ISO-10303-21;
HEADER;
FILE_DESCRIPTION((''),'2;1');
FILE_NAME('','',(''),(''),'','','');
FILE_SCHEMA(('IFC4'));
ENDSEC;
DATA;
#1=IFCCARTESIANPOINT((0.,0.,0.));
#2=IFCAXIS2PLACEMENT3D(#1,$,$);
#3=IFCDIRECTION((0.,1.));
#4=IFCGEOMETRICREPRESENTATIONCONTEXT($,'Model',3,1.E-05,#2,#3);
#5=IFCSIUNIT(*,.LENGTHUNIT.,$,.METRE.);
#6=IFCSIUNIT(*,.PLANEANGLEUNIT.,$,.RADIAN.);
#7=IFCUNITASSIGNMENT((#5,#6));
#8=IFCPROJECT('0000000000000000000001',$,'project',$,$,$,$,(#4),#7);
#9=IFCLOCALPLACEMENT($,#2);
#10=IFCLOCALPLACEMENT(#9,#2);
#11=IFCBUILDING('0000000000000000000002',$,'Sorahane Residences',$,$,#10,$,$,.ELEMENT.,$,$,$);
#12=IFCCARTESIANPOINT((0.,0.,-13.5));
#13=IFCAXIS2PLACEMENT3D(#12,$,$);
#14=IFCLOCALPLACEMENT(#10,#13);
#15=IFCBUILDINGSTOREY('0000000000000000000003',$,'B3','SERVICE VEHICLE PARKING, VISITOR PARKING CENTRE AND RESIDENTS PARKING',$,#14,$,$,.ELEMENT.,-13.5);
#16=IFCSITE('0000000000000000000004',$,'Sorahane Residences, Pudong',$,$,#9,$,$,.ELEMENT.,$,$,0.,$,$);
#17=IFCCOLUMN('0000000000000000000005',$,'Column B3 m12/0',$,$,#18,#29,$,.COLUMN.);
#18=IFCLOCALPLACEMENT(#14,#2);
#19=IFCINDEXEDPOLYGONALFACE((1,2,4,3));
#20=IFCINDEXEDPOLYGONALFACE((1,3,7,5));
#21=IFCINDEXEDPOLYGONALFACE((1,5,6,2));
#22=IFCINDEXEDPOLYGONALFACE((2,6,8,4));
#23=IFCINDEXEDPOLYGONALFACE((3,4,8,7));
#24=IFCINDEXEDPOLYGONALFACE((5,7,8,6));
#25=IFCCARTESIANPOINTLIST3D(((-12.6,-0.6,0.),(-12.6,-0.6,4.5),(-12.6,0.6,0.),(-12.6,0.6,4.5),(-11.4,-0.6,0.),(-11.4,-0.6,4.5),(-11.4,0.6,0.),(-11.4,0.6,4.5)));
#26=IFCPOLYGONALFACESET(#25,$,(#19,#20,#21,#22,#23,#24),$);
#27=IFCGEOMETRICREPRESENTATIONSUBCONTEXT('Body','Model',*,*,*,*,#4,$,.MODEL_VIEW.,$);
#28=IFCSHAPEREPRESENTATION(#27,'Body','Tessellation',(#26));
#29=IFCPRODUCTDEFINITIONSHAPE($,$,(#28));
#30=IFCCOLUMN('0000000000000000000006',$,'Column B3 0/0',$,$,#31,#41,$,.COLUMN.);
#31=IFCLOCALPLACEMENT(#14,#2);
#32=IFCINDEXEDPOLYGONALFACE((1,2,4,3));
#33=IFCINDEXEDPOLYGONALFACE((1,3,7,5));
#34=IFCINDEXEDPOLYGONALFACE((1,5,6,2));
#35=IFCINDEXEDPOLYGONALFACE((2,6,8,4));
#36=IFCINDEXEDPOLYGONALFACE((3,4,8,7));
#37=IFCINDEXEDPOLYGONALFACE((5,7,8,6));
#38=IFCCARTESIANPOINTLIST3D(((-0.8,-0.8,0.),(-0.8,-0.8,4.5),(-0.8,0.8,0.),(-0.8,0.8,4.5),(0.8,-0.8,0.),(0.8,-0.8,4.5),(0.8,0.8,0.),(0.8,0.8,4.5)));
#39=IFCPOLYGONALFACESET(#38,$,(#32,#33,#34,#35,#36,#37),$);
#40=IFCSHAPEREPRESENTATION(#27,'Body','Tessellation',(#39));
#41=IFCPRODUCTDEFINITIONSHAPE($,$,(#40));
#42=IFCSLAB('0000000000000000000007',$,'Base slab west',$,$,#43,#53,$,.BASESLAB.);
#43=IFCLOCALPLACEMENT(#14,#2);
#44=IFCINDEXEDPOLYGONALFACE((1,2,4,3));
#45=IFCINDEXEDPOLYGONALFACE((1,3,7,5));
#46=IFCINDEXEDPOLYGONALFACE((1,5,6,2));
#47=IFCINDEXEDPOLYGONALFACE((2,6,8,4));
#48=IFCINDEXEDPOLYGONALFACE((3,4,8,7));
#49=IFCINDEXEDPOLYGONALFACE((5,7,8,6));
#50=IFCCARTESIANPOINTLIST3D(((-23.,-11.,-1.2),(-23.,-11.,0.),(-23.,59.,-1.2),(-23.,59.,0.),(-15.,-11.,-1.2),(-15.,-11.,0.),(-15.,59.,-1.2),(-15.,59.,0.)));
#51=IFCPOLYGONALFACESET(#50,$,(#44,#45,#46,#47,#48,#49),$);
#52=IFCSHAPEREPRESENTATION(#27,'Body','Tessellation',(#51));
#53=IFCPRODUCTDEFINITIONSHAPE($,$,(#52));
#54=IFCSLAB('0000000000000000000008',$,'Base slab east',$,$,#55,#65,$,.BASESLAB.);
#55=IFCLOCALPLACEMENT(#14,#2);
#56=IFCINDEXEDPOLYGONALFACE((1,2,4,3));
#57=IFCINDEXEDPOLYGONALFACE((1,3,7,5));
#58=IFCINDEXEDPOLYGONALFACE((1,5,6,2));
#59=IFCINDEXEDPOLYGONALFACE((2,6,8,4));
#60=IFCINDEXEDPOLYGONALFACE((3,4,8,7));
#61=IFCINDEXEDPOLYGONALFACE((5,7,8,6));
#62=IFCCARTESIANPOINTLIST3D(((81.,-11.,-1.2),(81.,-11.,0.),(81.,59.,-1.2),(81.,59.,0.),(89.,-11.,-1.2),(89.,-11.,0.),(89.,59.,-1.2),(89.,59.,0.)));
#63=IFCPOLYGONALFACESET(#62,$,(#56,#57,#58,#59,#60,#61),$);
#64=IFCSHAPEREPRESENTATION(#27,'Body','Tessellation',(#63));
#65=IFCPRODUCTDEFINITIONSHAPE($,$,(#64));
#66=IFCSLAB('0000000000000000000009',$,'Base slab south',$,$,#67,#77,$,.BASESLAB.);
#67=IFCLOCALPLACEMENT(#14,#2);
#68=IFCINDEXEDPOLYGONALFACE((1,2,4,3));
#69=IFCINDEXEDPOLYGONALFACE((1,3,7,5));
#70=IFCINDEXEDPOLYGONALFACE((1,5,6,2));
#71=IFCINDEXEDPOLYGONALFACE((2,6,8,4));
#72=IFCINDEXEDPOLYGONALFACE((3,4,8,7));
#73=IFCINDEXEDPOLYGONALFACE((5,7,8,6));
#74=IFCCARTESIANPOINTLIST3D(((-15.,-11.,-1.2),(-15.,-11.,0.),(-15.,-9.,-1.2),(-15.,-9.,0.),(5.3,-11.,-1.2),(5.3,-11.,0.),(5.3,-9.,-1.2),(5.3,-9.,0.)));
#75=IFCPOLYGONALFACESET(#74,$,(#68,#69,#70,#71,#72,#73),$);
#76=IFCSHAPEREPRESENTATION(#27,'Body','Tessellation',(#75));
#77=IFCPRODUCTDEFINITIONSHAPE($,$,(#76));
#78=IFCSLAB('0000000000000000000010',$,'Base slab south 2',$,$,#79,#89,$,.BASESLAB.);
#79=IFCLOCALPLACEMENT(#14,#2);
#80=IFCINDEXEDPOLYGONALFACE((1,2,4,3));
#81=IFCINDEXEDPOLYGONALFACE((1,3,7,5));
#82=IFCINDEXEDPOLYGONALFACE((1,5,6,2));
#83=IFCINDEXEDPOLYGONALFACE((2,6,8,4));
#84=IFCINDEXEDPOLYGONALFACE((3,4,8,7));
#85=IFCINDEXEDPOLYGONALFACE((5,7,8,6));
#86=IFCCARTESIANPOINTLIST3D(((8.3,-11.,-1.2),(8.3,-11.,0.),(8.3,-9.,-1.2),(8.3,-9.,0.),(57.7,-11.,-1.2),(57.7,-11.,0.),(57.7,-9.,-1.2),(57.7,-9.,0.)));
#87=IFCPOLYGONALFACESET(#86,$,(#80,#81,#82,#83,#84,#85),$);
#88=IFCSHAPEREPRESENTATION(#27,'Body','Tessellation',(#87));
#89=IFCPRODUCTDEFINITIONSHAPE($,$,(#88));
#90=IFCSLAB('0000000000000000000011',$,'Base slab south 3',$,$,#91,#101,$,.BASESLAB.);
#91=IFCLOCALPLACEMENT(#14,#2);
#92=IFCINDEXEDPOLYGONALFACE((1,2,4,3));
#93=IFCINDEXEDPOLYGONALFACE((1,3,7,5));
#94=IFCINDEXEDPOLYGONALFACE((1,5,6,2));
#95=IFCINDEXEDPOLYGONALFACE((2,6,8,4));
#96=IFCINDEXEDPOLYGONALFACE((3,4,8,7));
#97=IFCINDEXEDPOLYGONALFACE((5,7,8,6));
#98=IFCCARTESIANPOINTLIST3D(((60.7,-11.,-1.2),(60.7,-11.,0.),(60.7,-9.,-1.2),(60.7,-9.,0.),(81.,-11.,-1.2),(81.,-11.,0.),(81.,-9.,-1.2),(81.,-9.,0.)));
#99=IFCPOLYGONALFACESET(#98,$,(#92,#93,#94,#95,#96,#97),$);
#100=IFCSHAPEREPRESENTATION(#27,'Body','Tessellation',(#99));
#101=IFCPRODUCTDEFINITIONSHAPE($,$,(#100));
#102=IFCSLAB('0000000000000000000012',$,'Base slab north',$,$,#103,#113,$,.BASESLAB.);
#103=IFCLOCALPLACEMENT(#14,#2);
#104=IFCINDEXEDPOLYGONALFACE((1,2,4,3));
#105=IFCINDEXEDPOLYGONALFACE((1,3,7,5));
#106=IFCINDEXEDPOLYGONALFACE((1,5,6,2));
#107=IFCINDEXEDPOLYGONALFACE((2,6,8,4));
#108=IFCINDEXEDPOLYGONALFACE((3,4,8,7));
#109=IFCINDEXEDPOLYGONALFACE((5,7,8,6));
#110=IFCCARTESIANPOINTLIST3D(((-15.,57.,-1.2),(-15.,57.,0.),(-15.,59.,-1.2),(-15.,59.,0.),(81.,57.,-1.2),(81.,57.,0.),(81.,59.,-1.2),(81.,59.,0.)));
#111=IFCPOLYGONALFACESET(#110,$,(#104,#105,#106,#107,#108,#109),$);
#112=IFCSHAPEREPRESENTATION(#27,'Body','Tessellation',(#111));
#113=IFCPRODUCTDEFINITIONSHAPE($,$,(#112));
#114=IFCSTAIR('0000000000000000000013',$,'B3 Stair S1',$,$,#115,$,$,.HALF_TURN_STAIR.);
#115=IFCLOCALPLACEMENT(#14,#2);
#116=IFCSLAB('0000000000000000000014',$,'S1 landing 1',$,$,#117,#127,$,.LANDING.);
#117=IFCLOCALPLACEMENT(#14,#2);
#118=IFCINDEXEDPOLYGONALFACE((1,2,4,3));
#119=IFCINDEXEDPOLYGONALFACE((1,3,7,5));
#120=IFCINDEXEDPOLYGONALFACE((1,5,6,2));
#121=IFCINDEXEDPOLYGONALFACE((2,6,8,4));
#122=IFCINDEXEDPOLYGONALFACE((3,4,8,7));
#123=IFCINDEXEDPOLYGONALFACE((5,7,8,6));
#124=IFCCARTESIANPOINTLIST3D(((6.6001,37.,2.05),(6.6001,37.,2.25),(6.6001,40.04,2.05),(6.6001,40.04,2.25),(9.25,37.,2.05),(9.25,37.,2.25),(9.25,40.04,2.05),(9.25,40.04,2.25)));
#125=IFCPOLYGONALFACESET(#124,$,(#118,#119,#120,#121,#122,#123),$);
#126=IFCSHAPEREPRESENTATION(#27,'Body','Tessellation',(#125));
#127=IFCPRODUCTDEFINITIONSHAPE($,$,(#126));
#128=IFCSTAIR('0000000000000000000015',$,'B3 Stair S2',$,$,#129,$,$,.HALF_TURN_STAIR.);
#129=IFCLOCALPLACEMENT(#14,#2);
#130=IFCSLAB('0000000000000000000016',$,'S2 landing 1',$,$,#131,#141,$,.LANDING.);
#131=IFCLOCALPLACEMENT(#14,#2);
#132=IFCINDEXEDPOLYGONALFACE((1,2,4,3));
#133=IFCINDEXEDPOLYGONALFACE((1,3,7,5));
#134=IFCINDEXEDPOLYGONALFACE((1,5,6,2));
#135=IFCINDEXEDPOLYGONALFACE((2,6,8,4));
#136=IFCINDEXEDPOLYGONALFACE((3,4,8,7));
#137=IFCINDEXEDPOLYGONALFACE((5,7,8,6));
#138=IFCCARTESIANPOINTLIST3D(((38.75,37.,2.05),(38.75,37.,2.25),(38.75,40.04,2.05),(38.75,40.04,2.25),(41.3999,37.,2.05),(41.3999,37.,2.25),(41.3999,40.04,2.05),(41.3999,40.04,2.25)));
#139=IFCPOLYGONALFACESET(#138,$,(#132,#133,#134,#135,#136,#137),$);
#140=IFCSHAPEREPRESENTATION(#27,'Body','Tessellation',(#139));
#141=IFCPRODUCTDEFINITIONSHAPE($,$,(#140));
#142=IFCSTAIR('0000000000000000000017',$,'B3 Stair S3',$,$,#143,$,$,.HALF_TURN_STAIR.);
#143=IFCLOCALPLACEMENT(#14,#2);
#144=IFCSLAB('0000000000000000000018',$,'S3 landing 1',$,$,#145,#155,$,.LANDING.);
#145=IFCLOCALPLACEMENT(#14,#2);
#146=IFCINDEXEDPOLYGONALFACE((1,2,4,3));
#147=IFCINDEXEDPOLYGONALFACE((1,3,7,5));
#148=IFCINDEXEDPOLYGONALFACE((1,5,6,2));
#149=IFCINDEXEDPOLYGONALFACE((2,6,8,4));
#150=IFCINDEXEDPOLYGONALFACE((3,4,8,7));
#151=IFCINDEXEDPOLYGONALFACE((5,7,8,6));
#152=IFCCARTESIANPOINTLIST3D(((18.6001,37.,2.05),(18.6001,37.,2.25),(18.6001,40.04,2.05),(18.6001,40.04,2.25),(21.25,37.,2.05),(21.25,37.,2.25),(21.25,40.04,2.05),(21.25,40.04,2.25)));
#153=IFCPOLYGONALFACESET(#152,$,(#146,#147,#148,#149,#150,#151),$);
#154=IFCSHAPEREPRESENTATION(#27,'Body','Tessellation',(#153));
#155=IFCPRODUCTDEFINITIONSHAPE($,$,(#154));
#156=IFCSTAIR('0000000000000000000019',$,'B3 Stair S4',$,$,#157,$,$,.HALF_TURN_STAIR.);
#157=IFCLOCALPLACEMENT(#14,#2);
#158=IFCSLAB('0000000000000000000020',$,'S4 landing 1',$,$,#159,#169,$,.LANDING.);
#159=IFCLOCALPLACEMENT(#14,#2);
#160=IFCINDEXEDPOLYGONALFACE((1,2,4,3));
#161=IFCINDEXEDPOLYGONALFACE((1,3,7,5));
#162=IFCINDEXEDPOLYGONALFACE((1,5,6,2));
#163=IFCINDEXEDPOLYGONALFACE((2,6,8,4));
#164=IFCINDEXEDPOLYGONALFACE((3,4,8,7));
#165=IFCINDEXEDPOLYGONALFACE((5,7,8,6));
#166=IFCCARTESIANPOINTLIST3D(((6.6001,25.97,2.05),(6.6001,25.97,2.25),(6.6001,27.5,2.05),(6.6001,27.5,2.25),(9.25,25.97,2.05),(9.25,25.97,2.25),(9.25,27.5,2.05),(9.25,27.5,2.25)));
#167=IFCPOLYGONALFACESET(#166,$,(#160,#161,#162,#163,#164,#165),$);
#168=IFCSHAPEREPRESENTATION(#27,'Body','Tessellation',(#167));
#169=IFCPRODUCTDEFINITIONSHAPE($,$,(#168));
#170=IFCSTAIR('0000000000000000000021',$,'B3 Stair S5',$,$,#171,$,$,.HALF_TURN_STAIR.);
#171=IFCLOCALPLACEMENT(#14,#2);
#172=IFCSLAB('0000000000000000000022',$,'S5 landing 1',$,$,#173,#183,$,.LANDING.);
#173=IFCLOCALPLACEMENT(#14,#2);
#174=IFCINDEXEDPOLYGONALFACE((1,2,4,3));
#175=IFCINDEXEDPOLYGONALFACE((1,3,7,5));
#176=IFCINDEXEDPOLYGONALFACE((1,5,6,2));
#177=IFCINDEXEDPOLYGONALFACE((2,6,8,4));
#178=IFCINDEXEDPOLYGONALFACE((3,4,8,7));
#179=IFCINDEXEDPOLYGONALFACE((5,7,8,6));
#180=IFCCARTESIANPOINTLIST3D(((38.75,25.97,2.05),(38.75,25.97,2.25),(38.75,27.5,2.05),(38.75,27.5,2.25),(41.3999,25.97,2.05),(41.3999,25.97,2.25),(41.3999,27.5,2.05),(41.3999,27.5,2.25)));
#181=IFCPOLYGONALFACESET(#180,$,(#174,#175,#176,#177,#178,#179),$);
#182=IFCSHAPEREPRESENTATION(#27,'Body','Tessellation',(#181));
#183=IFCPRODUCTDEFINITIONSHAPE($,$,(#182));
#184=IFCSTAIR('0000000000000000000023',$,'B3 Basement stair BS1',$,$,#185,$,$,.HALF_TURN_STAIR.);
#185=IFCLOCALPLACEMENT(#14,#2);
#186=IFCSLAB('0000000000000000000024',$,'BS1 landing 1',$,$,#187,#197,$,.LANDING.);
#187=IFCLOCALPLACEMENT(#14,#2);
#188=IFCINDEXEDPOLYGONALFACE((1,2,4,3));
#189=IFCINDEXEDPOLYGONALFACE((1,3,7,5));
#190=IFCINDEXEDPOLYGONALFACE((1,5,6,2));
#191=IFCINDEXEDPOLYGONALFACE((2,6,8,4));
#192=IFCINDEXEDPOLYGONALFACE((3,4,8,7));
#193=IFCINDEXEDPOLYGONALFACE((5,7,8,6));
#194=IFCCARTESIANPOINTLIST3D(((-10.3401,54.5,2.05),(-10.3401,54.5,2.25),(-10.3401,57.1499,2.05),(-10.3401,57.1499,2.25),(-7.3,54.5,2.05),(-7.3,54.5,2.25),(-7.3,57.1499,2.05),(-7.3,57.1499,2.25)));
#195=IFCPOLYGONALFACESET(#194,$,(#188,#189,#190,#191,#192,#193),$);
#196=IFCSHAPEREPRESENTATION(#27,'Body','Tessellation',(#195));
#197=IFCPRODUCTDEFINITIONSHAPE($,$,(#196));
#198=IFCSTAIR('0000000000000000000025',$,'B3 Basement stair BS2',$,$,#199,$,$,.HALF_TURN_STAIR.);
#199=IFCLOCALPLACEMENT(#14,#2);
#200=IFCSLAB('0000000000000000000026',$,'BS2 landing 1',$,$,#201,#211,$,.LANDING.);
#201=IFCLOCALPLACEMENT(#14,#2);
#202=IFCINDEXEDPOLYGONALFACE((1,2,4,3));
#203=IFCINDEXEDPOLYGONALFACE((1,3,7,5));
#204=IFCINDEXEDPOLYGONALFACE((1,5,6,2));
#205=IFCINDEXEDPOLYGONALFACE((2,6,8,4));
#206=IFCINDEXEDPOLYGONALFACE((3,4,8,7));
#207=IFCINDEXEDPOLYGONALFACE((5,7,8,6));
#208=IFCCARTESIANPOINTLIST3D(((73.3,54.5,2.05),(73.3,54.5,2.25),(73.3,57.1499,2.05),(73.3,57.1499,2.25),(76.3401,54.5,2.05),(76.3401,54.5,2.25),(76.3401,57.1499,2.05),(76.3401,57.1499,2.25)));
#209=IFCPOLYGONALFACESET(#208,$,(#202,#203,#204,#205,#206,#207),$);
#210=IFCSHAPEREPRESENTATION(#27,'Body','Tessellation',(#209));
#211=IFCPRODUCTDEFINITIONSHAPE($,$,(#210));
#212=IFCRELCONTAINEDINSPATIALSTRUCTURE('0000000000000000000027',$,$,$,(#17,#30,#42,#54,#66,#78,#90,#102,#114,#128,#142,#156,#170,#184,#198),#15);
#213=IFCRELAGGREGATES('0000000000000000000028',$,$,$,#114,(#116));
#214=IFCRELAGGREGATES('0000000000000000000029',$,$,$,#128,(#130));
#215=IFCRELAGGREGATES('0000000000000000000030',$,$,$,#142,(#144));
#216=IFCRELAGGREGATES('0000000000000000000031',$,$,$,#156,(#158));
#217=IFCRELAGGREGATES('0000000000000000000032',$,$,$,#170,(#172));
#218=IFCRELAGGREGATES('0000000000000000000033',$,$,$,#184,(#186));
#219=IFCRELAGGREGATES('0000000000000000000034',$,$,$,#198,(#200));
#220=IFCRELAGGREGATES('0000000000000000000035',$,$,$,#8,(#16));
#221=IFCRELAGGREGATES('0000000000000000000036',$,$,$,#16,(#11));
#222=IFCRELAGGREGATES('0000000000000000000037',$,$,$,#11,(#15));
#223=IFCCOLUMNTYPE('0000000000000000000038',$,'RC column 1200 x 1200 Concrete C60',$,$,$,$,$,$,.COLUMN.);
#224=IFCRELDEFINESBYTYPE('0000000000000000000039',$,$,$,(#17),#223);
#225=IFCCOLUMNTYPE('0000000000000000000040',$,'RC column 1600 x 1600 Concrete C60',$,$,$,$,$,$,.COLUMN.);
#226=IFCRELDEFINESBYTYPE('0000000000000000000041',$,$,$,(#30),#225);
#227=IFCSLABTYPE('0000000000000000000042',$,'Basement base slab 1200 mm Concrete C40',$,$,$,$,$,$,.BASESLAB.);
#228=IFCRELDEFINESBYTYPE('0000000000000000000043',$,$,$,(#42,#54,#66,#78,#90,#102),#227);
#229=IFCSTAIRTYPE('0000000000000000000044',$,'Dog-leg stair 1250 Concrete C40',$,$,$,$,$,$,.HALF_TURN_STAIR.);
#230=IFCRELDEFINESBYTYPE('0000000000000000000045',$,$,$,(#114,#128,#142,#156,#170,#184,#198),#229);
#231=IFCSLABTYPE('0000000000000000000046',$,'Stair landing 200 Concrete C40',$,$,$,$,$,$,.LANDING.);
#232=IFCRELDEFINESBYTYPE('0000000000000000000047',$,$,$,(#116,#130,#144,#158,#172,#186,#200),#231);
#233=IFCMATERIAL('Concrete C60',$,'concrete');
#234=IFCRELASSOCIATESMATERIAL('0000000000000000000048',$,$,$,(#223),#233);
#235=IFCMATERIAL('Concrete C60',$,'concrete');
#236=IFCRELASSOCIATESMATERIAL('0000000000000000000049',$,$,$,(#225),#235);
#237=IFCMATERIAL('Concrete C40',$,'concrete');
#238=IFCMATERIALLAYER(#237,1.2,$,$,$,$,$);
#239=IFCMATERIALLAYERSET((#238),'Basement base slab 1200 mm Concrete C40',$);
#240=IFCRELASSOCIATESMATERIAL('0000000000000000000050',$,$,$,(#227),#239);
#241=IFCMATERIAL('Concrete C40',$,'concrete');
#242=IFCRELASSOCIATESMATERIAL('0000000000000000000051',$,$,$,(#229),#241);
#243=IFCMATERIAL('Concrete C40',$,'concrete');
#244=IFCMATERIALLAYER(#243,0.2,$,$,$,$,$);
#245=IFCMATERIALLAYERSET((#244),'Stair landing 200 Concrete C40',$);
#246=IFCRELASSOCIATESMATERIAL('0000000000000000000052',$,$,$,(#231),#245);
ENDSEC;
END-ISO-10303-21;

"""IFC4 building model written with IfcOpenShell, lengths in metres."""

from ifc_helpers import new_model, si_unit, direction, frame, origin, origin_with_axes, origin_2d, place, context, subcontext, project, spatial, polyline, rectangle, outline, extrude, material, layer, layer_set, material_profile, profile_set, type_object, element, aggregate, save


model = new_model("IFC4")

# Units and contexts
model_context = context("Model", 3, precision=1e-05, world=origin(), true_north=direction((0.0, 1.0)))
body_context = subcontext(model_context, "Body", "Model", "MODEL_VIEW")
ifc_project = project(units=[si_unit("LENGTHUNIT", "METRE"), si_unit("PLANEANGLEUNIT", "RADIAN")], contexts=[model_context])

# Site, building, storey
site_placement = place(None, origin())
site = spatial("IfcSite", under=ifc_project, at=site_placement, Name="Sorahane Residences, Pudong", CompositionType="ELEMENT", RefElevation=0.0)
building_placement = place(site_placement, origin())
building = spatial("IfcBuilding", under=site, at=building_placement, Name="Sorahane Residences", CompositionType="ELEMENT")
storey_placement = place(building_placement, frame((0.0, 0.0, -13.5)))
storey = spatial("IfcBuildingStorey", under=building, at=storey_placement, Name="B3", Description="SERVICE VEHICLE PARKING, VISITOR PARKING CENTRE AND RESIDENTS PARKING", CompositionType="ELEMENT", Elevation=-13.5)

# Columns
ifc_material_1 = material(Name="Concrete C60", Category="concrete")
ifc_material_profile_1 = material_profile(ifc_material_1, rectangle(XDim=1.2, YDim=1.2, at=origin_2d()), Name="1200x1200")
ifc_profile_set_1 = profile_set([ifc_material_profile_1], Name="Concrete C60")
column_type_1 = type_object("IfcColumnType", Name="RC column 1200 x 1200 Concrete C60", PredefinedType="COLUMN", material=ifc_profile_set_1)
column_1_placement = place(storey_placement, frame((-12.0, 0.0, 0.0), z_axis=(0.0, 0.0, 1.0), x_axis=(1.0, 0.0, 0.0)))
element("IfcColumn", 1, at=column_1_placement, inside=storey, type_object=column_type_1, Name="Column B3 m12/0", PredefinedType="COLUMN", context=body_context, shape_type="SweptSolid", body=[
    extrude(rectangle(XDim=1.2, YDim=1.2, at=origin_2d()), origin(), (0.0, 0.0, 1.0), 4.5),
])
ifc_material_2 = material(Name="Concrete C60", Category="concrete")
ifc_material_profile_2 = material_profile(ifc_material_2, rectangle(XDim=1.6001, YDim=1.6001, at=origin_2d()), Name="1600x1600")
ifc_profile_set_2 = profile_set([ifc_material_profile_2], Name="Concrete C60")
column_type_2 = type_object("IfcColumnType", Name="RC column 1600 x 1600 Concrete C60", PredefinedType="COLUMN", material=ifc_profile_set_2)
column_2_placement = place(storey_placement, origin_with_axes())
element("IfcColumn", 2, at=column_2_placement, inside=storey, type_object=column_type_2, Name="Column B3 0/0", PredefinedType="COLUMN", context=body_context, shape_type="SweptSolid", body=[
    extrude(rectangle(XDim=1.6001, YDim=1.6001, at=origin_2d()), origin(), (0.0, 0.0, 1.0), 4.5),
])

# Slabs
ifc_material_3 = material(Name="Concrete C40", Category="concrete")
ifc_layer_1 = layer(ifc_material_3, 1.2)
ifc_layer_set_1 = layer_set([ifc_layer_1], Name="Basement base slab 1200 mm Concrete C40")
slab_type_1 = type_object("IfcSlabType", Name="Basement base slab 1200 mm Concrete C40", PredefinedType="BASESLAB", material=ifc_layer_set_1)
slab_1_placement = place(storey_placement, frame((0.0, 0.0, -1.2)))
element("IfcSlab", 3, at=slab_1_placement, inside=storey, type_object=slab_type_1, Name="Base slab west", PredefinedType="BASESLAB", context=body_context, shape_type="SweptSolid", body=[
    extrude(outline(polyline([(-23.0, -11.0), (-15.0, -11.0), (-15.0, 59.0), (-23.0, 59.0), (-23.0, -11.0)])), origin(), (0.0, 0.0, 1.0), 1.2),
])
slab_2_placement = place(storey_placement, frame((0.0, 0.0, -1.2)))
element("IfcSlab", 4, at=slab_2_placement, inside=storey, type_object=slab_type_1, Name="Base slab east", PredefinedType="BASESLAB", context=body_context, shape_type="SweptSolid", body=[
    extrude(outline(polyline([(81.0, -11.0), (89.0, -11.0), (89.0, 59.0), (81.0, 59.0), (81.0, -11.0)])), origin(), (0.0, 0.0, 1.0), 1.2),
])
slab_3_placement = place(storey_placement, frame((0.0, 0.0, -1.2)))
element("IfcSlab", 5, at=slab_3_placement, inside=storey, type_object=slab_type_1, Name="Base slab south", PredefinedType="BASESLAB", context=body_context, shape_type="SweptSolid", body=[
    extrude(outline(polyline([(-15.0, -11.0), (5.3, -11.0), (5.3, -9.0), (-15.0, -9.0), (-15.0, -11.0)])), origin(), (0.0, 0.0, 1.0), 1.2),
])
slab_4_placement = place(storey_placement, frame((0.0, 0.0, -1.2)))
element("IfcSlab", 6, at=slab_4_placement, inside=storey, type_object=slab_type_1, Name="Base slab south 2", PredefinedType="BASESLAB", context=body_context, shape_type="SweptSolid", body=[
    extrude(outline(polyline([(8.3, -11.0), (57.7, -11.0), (57.7, -9.0), (8.3, -9.0), (8.3, -11.0)])), origin(), (0.0, 0.0, 1.0), 1.2),
])
slab_5_placement = place(storey_placement, frame((0.0, 0.0, -1.2)))
element("IfcSlab", 7, at=slab_5_placement, inside=storey, type_object=slab_type_1, Name="Base slab south 3", PredefinedType="BASESLAB", context=body_context, shape_type="SweptSolid", body=[
    extrude(outline(polyline([(60.7, -11.0), (81.0, -11.0), (81.0, -9.0), (60.7, -9.0), (60.7, -11.0)])), origin(), (0.0, 0.0, 1.0), 1.2),
])
slab_6_placement = place(storey_placement, frame((0.0, 0.0, -1.2)))
element("IfcSlab", 8, at=slab_6_placement, inside=storey, type_object=slab_type_1, Name="Base slab north", PredefinedType="BASESLAB", context=body_context, shape_type="SweptSolid", body=[
    extrude(outline(polyline([(-15.0, 57.0), (81.0, 57.0), (81.0, 59.0), (-15.0, 59.0), (-15.0, 57.0)])), origin(), (0.0, 0.0, 1.0), 1.2),
])

# Stairs, slabs
ifc_material_4 = material(Name="Concrete C40", Category="concrete")
stair_type = type_object("IfcStairType", Name="Dog-leg stair 1250 Concrete C40", PredefinedType="HALF_TURN_STAIR", material=ifc_material_4)
stair_1_placement = place(storey_placement, origin())
stair_1 = element("IfcStair", 9, at=stair_1_placement, inside=storey, type_object=stair_type, Name="B3 Stair S1", PredefinedType="HALF_TURN_STAIR")
ifc_material_5 = material(Name="Concrete C40", Category="concrete")
ifc_layer_2 = layer(ifc_material_5, 0.2)
ifc_layer_set_2 = layer_set([ifc_layer_2], Name="Stair landing 200 Concrete C40")
slab_type_2 = type_object("IfcSlabType", Name="Stair landing 200 Concrete C40", PredefinedType="LANDING", material=ifc_layer_set_2)
slab_7_placement = place(storey_placement, frame((0.0, 0.0, 2.05)))
slab_7 = element("IfcSlab", 10, at=slab_7_placement, type_object=slab_type_2, Name="S1 landing 1", PredefinedType="LANDING", context=body_context, shape_type="SweptSolid", body=[
    extrude(outline(polyline([(6.6001, 40.04), (6.6001, 37.0), (9.25, 37.0), (9.25, 40.04), (6.6001, 40.04)])), origin(), (0.0, 0.0, 1.0), 0.2),
])
aggregate(stair_1, [slab_7])
stair_2_placement = place(storey_placement, origin())
stair_2 = element("IfcStair", 11, at=stair_2_placement, inside=storey, type_object=stair_type, Name="B3 Stair S2", PredefinedType="HALF_TURN_STAIR")
slab_8_placement = place(storey_placement, frame((0.0, 0.0, 2.05)))
slab_8 = element("IfcSlab", 12, at=slab_8_placement, type_object=slab_type_2, Name="S2 landing 1", PredefinedType="LANDING", context=body_context, shape_type="SweptSolid", body=[
    extrude(outline(polyline([(38.75, 40.04), (38.75, 37.0), (41.3999, 37.0), (41.3999, 40.04), (38.75, 40.04)])), origin(), (0.0, 0.0, 1.0), 0.2),
])
aggregate(stair_2, [slab_8])
stair_3_placement = place(storey_placement, origin())
stair_3 = element("IfcStair", 13, at=stair_3_placement, inside=storey, type_object=stair_type, Name="B3 Stair S3", PredefinedType="HALF_TURN_STAIR")
slab_9_placement = place(storey_placement, frame((0.0, 0.0, 2.05)))
slab_9 = element("IfcSlab", 14, at=slab_9_placement, type_object=slab_type_2, Name="S3 landing 1", PredefinedType="LANDING", context=body_context, shape_type="SweptSolid", body=[
    extrude(outline(polyline([(18.6001, 40.04), (18.6001, 37.0), (21.25, 37.0), (21.25, 40.04), (18.6001, 40.04)])), origin(), (0.0, 0.0, 1.0), 0.2),
])
aggregate(stair_3, [slab_9])
stair_4_placement = place(storey_placement, origin())
stair_4 = element("IfcStair", 15, at=stair_4_placement, inside=storey, type_object=stair_type, Name="B3 Stair S4", PredefinedType="HALF_TURN_STAIR")
slab_10_placement = place(storey_placement, frame((0.0, 0.0, 2.05)))
slab_10 = element("IfcSlab", 16, at=slab_10_placement, type_object=slab_type_2, Name="S4 landing 1", PredefinedType="LANDING", context=body_context, shape_type="SweptSolid", body=[
    extrude(outline(polyline([(9.25, 25.97), (9.25, 27.5), (6.6001, 27.5), (6.6001, 25.97), (9.25, 25.97)])), origin(), (0.0, 0.0, 1.0), 0.2),
])
aggregate(stair_4, [slab_10])
stair_5_placement = place(storey_placement, origin())
stair_5 = element("IfcStair", 17, at=stair_5_placement, inside=storey, type_object=stair_type, Name="B3 Stair S5", PredefinedType="HALF_TURN_STAIR")
slab_11_placement = place(storey_placement, frame((0.0, 0.0, 2.05)))
slab_11 = element("IfcSlab", 18, at=slab_11_placement, type_object=slab_type_2, Name="S5 landing 1", PredefinedType="LANDING", context=body_context, shape_type="SweptSolid", body=[
    extrude(outline(polyline([(41.3999, 25.97), (41.3999, 27.5), (38.75, 27.5), (38.75, 25.97), (41.3999, 25.97)])), origin(), (0.0, 0.0, 1.0), 0.2),
])
aggregate(stair_5, [slab_11])
stair_6_placement = place(storey_placement, origin())
stair_6 = element("IfcStair", 19, at=stair_6_placement, inside=storey, type_object=stair_type, Name="B3 Basement stair BS1", PredefinedType="HALF_TURN_STAIR")
slab_12_placement = place(storey_placement, frame((0.0, 0.0, 2.05)))
slab_12 = element("IfcSlab", 20, at=slab_12_placement, type_object=slab_type_2, Name="BS1 landing 1", PredefinedType="LANDING", context=body_context, shape_type="SweptSolid", body=[
    extrude(outline(polyline([(-10.3401, 54.5), (-7.3, 54.5), (-7.3, 57.1499), (-10.3401, 57.1499), (-10.3401, 54.5)])), origin(), (0.0, 0.0, 1.0), 0.2),
])
aggregate(stair_6, [slab_12])
stair_7_placement = place(storey_placement, origin())
stair_7 = element("IfcStair", 21, at=stair_7_placement, inside=storey, type_object=stair_type, Name="B3 Basement stair BS2", PredefinedType="HALF_TURN_STAIR")
slab_13_placement = place(storey_placement, frame((0.0, 0.0, 2.05)))
slab_13 = element("IfcSlab", 22, at=slab_13_placement, type_object=slab_type_2, Name="BS2 landing 1", PredefinedType="LANDING", context=body_context, shape_type="SweptSolid", body=[
    extrude(outline(polyline([(76.3401, 57.1499), (73.3, 57.1499), (73.3, 54.5), (76.3401, 54.5), (76.3401, 57.1499)])), origin(), (0.0, 0.0, 1.0), 0.2),
])
aggregate(stair_7, [slab_13])

save(model, "model.ifc")
